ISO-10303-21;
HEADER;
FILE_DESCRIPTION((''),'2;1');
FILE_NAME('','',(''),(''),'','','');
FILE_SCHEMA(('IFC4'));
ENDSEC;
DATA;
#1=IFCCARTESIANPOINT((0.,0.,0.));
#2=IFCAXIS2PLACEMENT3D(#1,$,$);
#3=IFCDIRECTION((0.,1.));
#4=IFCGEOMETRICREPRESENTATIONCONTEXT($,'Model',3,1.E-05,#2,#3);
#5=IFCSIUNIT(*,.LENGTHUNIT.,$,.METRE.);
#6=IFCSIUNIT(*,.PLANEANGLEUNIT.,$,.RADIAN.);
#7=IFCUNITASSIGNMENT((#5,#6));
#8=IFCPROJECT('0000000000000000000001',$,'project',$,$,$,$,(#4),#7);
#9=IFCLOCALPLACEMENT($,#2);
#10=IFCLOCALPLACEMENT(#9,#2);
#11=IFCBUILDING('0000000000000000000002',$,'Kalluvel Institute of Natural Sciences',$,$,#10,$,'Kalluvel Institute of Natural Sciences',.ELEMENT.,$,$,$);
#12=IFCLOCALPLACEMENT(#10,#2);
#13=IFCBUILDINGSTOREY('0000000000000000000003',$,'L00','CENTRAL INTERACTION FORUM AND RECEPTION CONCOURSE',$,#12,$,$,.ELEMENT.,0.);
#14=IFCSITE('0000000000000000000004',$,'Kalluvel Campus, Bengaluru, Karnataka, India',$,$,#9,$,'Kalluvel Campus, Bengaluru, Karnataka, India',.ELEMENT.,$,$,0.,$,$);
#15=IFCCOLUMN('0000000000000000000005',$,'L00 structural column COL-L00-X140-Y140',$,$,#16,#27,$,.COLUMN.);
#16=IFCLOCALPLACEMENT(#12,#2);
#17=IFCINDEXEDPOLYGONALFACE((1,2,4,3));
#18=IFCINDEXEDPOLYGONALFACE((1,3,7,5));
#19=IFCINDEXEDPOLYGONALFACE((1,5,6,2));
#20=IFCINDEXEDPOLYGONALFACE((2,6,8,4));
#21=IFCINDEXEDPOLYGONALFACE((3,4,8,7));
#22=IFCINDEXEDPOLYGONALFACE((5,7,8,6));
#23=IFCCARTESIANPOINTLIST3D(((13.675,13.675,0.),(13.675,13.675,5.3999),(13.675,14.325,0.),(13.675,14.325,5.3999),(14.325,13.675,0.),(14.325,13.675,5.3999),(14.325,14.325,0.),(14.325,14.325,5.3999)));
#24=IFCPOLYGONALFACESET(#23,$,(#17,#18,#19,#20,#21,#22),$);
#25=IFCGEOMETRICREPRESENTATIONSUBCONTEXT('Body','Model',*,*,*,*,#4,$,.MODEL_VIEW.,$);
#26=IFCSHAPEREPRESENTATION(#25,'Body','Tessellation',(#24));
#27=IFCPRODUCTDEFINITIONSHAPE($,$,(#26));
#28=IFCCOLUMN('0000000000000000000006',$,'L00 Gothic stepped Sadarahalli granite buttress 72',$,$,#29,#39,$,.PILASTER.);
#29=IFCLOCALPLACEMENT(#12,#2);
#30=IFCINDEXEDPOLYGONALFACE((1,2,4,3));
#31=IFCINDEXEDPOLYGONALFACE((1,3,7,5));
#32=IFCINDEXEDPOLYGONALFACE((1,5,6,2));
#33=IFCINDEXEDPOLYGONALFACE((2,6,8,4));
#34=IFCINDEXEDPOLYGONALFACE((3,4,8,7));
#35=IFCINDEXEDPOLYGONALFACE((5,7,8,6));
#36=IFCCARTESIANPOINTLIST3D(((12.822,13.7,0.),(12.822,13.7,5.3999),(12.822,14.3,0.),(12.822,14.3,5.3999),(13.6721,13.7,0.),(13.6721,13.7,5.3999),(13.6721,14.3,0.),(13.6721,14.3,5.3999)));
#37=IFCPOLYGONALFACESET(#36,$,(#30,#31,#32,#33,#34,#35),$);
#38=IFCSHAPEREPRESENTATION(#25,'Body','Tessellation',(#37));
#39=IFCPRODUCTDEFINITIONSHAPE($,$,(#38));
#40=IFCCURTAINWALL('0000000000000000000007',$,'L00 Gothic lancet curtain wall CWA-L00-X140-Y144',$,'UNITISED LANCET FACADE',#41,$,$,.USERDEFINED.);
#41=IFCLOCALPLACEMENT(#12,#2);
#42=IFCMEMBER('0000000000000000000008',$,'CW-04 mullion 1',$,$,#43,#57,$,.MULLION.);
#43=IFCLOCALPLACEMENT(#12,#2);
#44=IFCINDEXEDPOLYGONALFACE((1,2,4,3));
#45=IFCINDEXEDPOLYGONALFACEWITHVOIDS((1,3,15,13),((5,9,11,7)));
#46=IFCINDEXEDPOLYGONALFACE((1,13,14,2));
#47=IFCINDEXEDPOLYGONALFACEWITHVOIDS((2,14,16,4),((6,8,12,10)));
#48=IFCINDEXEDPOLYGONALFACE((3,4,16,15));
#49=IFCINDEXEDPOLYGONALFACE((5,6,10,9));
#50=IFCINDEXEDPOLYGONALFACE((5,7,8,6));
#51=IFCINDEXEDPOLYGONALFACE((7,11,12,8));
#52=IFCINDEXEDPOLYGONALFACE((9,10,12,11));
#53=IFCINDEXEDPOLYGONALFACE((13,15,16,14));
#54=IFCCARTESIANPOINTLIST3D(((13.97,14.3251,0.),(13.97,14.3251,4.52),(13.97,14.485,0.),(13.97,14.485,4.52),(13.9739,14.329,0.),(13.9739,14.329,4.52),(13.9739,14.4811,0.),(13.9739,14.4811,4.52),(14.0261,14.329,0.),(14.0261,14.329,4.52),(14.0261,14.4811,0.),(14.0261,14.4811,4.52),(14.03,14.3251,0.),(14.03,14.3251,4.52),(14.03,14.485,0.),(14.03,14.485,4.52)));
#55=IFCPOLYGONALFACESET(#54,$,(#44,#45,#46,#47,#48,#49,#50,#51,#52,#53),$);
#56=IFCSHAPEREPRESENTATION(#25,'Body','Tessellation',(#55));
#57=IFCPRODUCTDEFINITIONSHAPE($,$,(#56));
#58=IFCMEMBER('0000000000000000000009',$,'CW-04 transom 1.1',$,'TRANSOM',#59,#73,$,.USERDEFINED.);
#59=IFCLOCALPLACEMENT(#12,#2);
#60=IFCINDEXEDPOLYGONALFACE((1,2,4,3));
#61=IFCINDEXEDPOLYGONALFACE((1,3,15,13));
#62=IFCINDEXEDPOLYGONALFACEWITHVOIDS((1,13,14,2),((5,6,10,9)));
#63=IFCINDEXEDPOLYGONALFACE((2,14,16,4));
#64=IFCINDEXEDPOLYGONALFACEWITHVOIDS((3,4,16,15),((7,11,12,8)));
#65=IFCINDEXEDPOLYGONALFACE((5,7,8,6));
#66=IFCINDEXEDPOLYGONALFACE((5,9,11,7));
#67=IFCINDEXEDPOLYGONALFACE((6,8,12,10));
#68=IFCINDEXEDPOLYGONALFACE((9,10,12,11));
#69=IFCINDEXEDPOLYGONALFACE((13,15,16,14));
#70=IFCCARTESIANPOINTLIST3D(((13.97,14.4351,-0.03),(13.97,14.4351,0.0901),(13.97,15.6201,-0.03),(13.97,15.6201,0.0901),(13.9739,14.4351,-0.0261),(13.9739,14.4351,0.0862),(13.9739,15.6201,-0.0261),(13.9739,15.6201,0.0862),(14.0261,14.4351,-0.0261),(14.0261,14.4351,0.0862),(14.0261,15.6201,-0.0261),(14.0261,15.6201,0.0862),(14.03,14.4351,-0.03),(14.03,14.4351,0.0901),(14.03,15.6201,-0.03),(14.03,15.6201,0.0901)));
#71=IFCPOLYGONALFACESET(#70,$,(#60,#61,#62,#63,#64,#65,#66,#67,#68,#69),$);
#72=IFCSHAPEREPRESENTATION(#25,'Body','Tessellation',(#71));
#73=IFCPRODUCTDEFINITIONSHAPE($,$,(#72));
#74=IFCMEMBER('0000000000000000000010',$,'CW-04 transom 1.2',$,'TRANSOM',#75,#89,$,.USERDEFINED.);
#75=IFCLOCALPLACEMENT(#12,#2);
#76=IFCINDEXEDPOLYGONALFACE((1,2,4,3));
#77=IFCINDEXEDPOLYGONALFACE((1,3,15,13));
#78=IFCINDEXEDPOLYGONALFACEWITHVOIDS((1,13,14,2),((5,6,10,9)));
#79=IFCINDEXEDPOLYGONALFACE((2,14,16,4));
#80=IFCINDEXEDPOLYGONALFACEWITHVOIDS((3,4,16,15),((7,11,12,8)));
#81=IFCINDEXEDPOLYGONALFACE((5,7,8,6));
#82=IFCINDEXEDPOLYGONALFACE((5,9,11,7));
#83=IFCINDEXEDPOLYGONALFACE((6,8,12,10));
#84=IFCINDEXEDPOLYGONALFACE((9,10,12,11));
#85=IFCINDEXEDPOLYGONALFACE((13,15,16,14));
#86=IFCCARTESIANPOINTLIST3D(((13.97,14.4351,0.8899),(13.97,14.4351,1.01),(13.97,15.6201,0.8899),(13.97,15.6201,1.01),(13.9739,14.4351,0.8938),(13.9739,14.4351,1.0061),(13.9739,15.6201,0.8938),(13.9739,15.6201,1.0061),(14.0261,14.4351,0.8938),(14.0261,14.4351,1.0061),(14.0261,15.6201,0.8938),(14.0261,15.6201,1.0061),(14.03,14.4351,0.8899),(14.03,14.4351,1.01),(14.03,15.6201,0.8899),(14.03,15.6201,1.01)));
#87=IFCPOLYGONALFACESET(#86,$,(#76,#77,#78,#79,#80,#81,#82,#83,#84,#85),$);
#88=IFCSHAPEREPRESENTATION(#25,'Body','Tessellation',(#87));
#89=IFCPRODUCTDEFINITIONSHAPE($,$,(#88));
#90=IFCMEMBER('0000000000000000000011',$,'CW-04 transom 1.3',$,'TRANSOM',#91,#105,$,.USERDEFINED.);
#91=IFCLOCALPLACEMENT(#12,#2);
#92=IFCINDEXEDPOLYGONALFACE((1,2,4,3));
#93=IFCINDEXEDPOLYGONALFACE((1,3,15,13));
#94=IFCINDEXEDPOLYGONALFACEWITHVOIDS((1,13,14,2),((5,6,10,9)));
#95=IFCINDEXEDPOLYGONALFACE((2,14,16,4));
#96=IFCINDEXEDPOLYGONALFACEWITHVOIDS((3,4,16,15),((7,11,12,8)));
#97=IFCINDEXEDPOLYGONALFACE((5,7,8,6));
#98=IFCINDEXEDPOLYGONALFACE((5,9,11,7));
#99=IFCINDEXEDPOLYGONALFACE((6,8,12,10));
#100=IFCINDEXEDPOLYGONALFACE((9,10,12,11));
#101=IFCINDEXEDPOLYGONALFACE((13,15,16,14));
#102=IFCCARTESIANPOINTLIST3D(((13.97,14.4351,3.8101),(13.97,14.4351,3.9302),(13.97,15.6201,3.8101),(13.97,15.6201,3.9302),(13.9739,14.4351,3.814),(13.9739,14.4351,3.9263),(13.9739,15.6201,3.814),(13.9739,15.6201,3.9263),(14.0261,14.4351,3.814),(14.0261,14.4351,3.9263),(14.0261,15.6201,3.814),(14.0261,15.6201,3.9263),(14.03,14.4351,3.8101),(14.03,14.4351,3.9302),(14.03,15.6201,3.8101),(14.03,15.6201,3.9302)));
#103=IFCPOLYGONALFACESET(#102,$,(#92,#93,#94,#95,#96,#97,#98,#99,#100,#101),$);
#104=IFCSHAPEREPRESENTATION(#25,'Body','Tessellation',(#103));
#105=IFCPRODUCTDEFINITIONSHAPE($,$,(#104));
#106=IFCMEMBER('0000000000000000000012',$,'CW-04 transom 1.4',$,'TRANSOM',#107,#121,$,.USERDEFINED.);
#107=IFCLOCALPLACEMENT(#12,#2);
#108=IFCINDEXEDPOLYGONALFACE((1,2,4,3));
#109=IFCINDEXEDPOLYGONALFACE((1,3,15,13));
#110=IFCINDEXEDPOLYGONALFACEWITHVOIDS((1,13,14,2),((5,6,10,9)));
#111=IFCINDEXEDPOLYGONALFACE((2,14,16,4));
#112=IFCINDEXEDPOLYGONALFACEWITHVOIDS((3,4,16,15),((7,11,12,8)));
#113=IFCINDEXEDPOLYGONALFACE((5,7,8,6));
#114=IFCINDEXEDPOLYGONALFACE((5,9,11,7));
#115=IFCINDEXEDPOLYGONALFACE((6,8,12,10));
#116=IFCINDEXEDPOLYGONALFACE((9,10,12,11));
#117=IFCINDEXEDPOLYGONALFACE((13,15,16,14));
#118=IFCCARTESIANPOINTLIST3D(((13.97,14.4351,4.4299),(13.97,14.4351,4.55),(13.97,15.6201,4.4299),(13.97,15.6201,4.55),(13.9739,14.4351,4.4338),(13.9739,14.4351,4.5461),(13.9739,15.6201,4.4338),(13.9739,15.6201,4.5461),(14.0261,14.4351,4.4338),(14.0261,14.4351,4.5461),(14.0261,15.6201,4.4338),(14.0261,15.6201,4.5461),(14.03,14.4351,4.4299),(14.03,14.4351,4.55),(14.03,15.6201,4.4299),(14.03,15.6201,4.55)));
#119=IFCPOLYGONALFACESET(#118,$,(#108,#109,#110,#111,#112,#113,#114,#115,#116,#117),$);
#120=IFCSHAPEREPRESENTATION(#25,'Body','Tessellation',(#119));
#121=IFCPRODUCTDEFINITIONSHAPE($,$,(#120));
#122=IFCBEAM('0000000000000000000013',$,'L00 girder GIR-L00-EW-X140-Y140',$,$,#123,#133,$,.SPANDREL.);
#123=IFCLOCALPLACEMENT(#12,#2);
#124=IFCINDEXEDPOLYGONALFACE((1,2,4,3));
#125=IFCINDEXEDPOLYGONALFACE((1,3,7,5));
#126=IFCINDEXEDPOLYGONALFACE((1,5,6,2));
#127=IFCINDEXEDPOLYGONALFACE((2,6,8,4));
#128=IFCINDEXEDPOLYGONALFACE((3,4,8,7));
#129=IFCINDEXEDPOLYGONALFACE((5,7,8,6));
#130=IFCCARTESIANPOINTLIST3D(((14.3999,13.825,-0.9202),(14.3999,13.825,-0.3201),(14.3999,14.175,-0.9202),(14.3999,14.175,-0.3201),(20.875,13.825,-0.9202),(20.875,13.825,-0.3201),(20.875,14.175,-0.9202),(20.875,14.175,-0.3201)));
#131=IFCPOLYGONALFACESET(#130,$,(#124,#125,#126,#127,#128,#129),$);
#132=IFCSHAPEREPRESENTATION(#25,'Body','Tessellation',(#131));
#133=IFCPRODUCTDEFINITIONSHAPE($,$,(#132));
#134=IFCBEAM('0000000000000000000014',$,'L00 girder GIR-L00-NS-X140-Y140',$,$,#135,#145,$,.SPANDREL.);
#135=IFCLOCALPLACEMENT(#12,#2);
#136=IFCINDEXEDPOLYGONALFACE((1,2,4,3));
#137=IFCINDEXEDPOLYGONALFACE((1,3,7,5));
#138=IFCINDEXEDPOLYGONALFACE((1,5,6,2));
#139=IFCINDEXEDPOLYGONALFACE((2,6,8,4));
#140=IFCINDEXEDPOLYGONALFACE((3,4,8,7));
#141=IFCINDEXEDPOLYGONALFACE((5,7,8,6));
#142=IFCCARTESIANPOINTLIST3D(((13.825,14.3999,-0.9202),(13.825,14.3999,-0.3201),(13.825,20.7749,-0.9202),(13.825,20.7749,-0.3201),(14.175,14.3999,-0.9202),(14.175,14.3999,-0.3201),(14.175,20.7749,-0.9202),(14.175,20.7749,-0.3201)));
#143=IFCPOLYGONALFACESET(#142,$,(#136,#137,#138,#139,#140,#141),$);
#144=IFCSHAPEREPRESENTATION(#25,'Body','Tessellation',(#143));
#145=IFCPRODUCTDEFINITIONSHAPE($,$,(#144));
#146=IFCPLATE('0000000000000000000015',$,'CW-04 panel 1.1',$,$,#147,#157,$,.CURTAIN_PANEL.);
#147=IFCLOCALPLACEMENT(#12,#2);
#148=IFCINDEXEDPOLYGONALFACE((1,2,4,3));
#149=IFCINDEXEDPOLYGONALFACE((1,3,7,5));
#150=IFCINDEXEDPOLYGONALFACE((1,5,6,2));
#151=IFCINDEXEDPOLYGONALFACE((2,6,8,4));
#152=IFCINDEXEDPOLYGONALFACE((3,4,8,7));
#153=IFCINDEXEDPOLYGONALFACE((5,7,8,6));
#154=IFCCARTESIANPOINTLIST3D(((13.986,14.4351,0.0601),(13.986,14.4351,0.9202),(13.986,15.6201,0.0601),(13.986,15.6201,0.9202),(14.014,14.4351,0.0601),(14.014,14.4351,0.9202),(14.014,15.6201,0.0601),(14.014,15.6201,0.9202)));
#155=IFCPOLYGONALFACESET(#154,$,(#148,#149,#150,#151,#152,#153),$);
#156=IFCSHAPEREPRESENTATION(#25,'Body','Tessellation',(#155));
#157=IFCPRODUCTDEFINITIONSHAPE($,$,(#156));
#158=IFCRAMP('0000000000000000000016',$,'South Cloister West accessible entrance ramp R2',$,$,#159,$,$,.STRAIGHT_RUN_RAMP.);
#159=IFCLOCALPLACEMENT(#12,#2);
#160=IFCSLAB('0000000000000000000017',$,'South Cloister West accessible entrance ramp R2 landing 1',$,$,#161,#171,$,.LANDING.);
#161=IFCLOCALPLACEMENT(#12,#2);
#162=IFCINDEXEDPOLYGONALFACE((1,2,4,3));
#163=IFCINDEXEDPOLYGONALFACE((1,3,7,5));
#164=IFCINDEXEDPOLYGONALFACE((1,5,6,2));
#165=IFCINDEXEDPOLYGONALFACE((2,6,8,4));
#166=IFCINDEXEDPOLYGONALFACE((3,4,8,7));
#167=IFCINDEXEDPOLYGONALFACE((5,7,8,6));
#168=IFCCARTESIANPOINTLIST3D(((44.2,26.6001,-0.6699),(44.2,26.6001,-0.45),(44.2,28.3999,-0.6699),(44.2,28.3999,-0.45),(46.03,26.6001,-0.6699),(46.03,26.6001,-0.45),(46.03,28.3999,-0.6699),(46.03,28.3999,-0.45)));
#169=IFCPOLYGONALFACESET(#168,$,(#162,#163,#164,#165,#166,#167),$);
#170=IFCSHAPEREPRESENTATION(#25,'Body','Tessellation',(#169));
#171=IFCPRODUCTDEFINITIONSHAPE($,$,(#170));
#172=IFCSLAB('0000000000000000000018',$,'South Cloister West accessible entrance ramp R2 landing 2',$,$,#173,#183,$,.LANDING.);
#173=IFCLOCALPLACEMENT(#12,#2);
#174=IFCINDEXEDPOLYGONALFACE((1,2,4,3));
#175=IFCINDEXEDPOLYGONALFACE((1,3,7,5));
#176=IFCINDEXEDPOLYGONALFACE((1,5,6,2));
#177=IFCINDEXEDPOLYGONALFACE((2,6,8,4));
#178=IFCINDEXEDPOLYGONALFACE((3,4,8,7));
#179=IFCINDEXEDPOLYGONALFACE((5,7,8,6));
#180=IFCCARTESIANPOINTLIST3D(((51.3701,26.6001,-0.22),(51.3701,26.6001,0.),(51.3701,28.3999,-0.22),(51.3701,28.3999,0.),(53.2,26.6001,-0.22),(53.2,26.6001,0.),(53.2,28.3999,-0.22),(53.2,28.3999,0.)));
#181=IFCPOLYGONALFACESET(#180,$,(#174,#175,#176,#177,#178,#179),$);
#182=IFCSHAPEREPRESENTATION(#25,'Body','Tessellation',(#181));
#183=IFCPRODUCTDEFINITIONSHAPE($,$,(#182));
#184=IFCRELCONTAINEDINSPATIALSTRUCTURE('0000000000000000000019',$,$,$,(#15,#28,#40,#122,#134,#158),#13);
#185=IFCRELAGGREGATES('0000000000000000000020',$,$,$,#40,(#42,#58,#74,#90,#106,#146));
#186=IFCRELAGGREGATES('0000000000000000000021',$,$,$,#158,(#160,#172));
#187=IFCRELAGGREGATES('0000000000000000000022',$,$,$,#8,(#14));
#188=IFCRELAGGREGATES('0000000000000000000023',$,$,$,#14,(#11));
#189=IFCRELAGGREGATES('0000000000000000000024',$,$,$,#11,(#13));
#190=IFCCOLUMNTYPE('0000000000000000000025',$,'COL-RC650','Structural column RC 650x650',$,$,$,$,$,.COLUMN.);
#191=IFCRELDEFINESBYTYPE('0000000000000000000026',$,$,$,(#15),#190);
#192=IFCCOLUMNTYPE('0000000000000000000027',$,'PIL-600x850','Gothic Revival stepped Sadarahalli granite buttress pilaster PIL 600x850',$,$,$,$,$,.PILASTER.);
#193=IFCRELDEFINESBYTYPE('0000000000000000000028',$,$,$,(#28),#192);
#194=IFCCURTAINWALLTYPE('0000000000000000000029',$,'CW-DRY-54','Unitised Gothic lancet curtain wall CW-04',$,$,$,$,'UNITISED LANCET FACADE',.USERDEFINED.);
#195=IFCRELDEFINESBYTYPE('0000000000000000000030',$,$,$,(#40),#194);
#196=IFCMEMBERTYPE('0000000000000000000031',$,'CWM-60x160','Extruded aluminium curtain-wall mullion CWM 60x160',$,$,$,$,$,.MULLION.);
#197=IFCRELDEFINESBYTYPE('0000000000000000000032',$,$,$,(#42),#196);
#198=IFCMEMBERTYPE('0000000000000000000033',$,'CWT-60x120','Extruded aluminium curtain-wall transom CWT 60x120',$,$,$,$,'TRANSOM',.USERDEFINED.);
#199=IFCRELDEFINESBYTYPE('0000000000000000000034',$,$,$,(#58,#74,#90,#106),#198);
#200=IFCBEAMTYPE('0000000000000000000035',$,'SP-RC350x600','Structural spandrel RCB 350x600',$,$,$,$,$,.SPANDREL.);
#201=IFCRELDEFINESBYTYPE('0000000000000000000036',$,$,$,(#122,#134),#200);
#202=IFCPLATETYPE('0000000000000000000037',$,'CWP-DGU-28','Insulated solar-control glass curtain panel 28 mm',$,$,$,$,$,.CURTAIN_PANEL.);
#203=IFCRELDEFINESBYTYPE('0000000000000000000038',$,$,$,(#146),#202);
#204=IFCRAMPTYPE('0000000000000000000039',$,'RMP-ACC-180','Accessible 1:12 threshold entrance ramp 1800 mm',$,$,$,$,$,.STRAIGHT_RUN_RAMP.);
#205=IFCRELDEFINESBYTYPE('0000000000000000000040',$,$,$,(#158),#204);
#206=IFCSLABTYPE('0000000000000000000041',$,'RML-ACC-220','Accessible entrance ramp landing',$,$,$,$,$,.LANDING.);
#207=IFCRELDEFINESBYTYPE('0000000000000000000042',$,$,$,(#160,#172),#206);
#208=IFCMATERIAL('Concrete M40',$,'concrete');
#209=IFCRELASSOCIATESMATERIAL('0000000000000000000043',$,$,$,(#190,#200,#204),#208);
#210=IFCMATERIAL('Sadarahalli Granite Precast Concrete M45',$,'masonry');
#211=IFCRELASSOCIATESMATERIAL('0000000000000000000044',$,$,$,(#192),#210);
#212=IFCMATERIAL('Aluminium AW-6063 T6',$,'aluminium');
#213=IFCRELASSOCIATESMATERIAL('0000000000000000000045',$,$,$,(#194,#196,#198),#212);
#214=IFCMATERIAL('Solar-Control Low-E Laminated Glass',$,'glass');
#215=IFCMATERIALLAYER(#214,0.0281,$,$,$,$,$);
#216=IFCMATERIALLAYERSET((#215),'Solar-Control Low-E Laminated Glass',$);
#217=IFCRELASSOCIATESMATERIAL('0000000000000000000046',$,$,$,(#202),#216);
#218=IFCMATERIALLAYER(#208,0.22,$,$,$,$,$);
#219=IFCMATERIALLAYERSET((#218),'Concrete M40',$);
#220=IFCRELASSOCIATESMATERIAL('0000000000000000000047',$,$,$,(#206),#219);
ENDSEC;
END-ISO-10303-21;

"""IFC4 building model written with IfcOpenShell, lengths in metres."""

from ifc_helpers import new_model, si_unit, direction, frame, origin, origin_2d, place, context, subcontext, project, spatial, polyline, rectangle, hollow_rectangle, outline, extrude, material, layer, layer_set, material_profile, profile_set, type_object, element, aggregate, save


model = new_model("IFC4")

# Units and contexts
model_context = context("Model", 3, precision=1e-05, world=origin(), true_north=direction((0.0, 1.0)))
body_context = subcontext(model_context, "Body", "Model", "MODEL_VIEW")
ifc_project = project(units=[si_unit("LENGTHUNIT", "METRE"), si_unit("PLANEANGLEUNIT", "RADIAN")], contexts=[model_context])

# Site, building, storey
site_placement = place(None, origin())
site = spatial("IfcSite", under=ifc_project, at=site_placement, Name="Kalluvel Campus, Bengaluru, Karnataka, India", LongName="Kalluvel Campus, Bengaluru, Karnataka, India", CompositionType="ELEMENT", RefElevation=0.0)
building_placement = place(site_placement, origin())
building = spatial("IfcBuilding", under=site, at=building_placement, Name="Kalluvel Institute of Natural Sciences", LongName="Kalluvel Institute of Natural Sciences", CompositionType="ELEMENT")
storey_placement = place(building_placement, origin())
storey = spatial("IfcBuildingStorey", under=building, at=storey_placement, Name="L00", Description="CENTRAL INTERACTION FORUM AND RECEPTION CONCOURSE", CompositionType="ELEMENT", Elevation=0.0)

# Columns
ifc_material_1 = material(Name="Concrete M40", Category="concrete")
ifc_material_profile_1 = material_profile(ifc_material_1, rectangle(XDim=0.6499, YDim=0.6499, at=origin_2d()), Name="RC 650x650")
ifc_profile_set_1 = profile_set([ifc_material_profile_1], Name="Concrete M40")
column_type_1 = type_object("IfcColumnType", Name="COL-RC650", Description="Structural column RC 650x650", PredefinedType="COLUMN", material=ifc_profile_set_1)
column_1_placement = place(storey_placement, frame((14.0, 14.0, 0.0), z_axis=(0.0, 0.0, 1.0), x_axis=(1.0, 0.0, 0.0)))
element("IfcColumn", 1, at=column_1_placement, inside=storey, type_object=column_type_1, Name="L00 structural column COL-L00-X140-Y140", PredefinedType="COLUMN", context=body_context, shape_type="SweptSolid", body=[
    extrude(rectangle(XDim=0.6499, YDim=0.6499, at=origin_2d()), origin(), (0.0, 0.0, 1.0), 5.3999),
])
ifc_material_2 = material(Name="Sadarahalli Granite Precast Concrete M45", Category="masonry")
ifc_material_profile_2 = material_profile(ifc_material_2, rectangle(XDim=0.6001, YDim=0.8501, at=origin_2d()), Name="PIL 600x850")
ifc_profile_set_2 = profile_set([ifc_material_profile_2], Name="Sadarahalli Granite Precast Concrete M45")
column_type_2 = type_object("IfcColumnType", Name="PIL-600x850", Description="Gothic Revival stepped Sadarahalli granite buttress pilaster PIL 600x850", PredefinedType="PILASTER", material=ifc_profile_set_2)
column_2_placement = place(storey_placement, frame((13.2471, 14.0, 0.0), z_axis=(0.0, 0.0, 1.0), x_axis=(0.0, 1.0, 0.0)))
element("IfcColumn", 2, at=column_2_placement, inside=storey, type_object=column_type_2, Name="L00 Gothic stepped Sadarahalli granite buttress 72", PredefinedType="PILASTER", context=body_context, shape_type="SweptSolid", body=[
    extrude(rectangle(XDim=0.6001, YDim=0.8501, at=origin_2d()), origin(), (0.0, 0.0, 1.0), 5.3999),
])

# Curtain wall, members
ifc_material_3 = material(Name="Aluminium AW-6063 T6", Category="aluminium")
curtain_wall_type = type_object("IfcCurtainWallType", Name="CW-DRY-54", Description="Unitised Gothic lancet curtain wall CW-04", ElementType="UNITISED LANCET FACADE", PredefinedType="USERDEFINED", material=ifc_material_3)
curtain_wall_placement = place(storey_placement, origin())
curtain_wall = element("IfcCurtainWall", 3, at=curtain_wall_placement, inside=storey, type_object=curtain_wall_type, Name="L00 Gothic lancet curtain wall CWA-L00-X140-Y144", ObjectType="UNITISED LANCET FACADE", PredefinedType="USERDEFINED")
ifc_material_profile_3 = material_profile(ifc_material_3, hollow_rectangle(XDim=0.0601, YDim=0.1599, WallThickness=0.0039, at=origin_2d()), Name="CWM 60x160")
ifc_profile_set_3 = profile_set([ifc_material_profile_3], Name="Aluminium AW-6063 T6")
member_type_1 = type_object("IfcMemberType", Name="CWM-60x160", Description="Extruded aluminium curtain-wall mullion CWM 60x160", PredefinedType="MULLION", material=ifc_profile_set_3)
member_1_placement = place(storey_placement, frame((14.0, 14.405, 0.0), z_axis=(0.0, 0.0, 1.0), x_axis=(-1.0, 0.0, 0.0)))
member_1 = element("IfcMember", 4, at=member_1_placement, type_object=member_type_1, Name="CW-04 mullion 1", PredefinedType="MULLION", context=body_context, shape_type="SweptSolid", body=[
    extrude(hollow_rectangle(XDim=0.0601, YDim=0.1599, WallThickness=0.0039, at=origin_2d()), origin(), (0.0, 0.0, 1.0), 4.52),
])
ifc_material_profile_4 = material_profile(ifc_material_3, hollow_rectangle(XDim=0.0601, YDim=0.1201, WallThickness=0.0039, at=origin_2d()), Name="CWT 60x120")
ifc_profile_set_4 = profile_set([ifc_material_profile_4], Name="Aluminium AW-6063 T6")
member_type_2 = type_object("IfcMemberType", Name="CWT-60x120", Description="Extruded aluminium curtain-wall transom CWT 60x120", ElementType="TRANSOM", PredefinedType="USERDEFINED", material=ifc_profile_set_4)
member_2_placement = place(storey_placement, frame((14.0, 14.4351, 0.03), z_axis=(0.0, 1.0, 0.0), x_axis=(-1.0, 0.0, 0.0)))
member_2 = element("IfcMember", 5, at=member_2_placement, type_object=member_type_2, Name="CW-04 transom 1.1", ObjectType="TRANSOM", PredefinedType="USERDEFINED", context=body_context, shape_type="SweptSolid", body=[
    extrude(hollow_rectangle(XDim=0.0601, YDim=0.1201, WallThickness=0.0039, at=origin_2d()), origin(), (0.0, 0.0, 1.0), 1.1851),
])
member_3_placement = place(storey_placement, frame((14.0, 14.4351, 0.95), z_axis=(0.0, 1.0, 0.0), x_axis=(-1.0, 0.0, 0.0)))
member_3 = element("IfcMember", 6, at=member_3_placement, type_object=member_type_2, Name="CW-04 transom 1.2", ObjectType="TRANSOM", PredefinedType="USERDEFINED", context=body_context, shape_type="SweptSolid", body=[
    extrude(hollow_rectangle(XDim=0.0601, YDim=0.1201, WallThickness=0.0039, at=origin_2d()), origin(), (0.0, 0.0, 1.0), 1.1851),
])
member_4_placement = place(storey_placement, frame((14.0, 14.4351, 3.8701), z_axis=(0.0, 1.0, 0.0), x_axis=(-1.0, 0.0, 0.0)))
member_4 = element("IfcMember", 7, at=member_4_placement, type_object=member_type_2, Name="CW-04 transom 1.3", ObjectType="TRANSOM", PredefinedType="USERDEFINED", context=body_context, shape_type="SweptSolid", body=[
    extrude(hollow_rectangle(XDim=0.0601, YDim=0.1201, WallThickness=0.0039, at=origin_2d()), origin(), (0.0, 0.0, 1.0), 1.1851),
])
member_5_placement = place(storey_placement, frame((14.0, 14.4351, 4.49), z_axis=(0.0, 1.0, 0.0), x_axis=(-1.0, 0.0, 0.0)))
member_5 = element("IfcMember", 8, at=member_5_placement, type_object=member_type_2, Name="CW-04 transom 1.4", ObjectType="TRANSOM", PredefinedType="USERDEFINED", context=body_context, shape_type="SweptSolid", body=[
    extrude(hollow_rectangle(XDim=0.0601, YDim=0.1201, WallThickness=0.0039, at=origin_2d()), origin(), (0.0, 0.0, 1.0), 1.1851),
])

# Beams
ifc_material_profile_5 = material_profile(ifc_material_1, rectangle(XDim=0.3501, YDim=0.6001, at=origin_2d()), Name="RCB 350x600")
ifc_profile_set_5 = profile_set([ifc_material_profile_5], Name="Concrete M40")
beam_type = type_object("IfcBeamType", Name="SP-RC350x600", Description="Structural spandrel RCB 350x600", PredefinedType="SPANDREL", material=ifc_profile_set_5)
beam_1_placement = place(storey_placement, frame((14.3999, 14.0, -0.6201), z_axis=(1.0, 0.0, 0.0), x_axis=(0.0, 1.0, 0.0)))
element("IfcBeam", 9, at=beam_1_placement, inside=storey, type_object=beam_type, Name="L00 girder GIR-L00-EW-X140-Y140", PredefinedType="SPANDREL", context=body_context, shape_type="SweptSolid", body=[
    extrude(rectangle(XDim=0.3501, YDim=0.6001, at=origin_2d()), origin(), (0.0, 0.0, 1.0), 6.4751),
])
beam_2_placement = place(storey_placement, frame((14.0, 14.3999, -0.6201), z_axis=(0.0, 1.0, 0.0), x_axis=(-1.0, 0.0, 0.0)))
element("IfcBeam", 10, at=beam_2_placement, inside=storey, type_object=beam_type, Name="L00 girder GIR-L00-NS-X140-Y140", PredefinedType="SPANDREL", context=body_context, shape_type="SweptSolid", body=[
    extrude(rectangle(XDim=0.3501, YDim=0.6001, at=origin_2d()), origin(), (0.0, 0.0, 1.0), 6.375),
])

# Plate
ifc_material_4 = material(Name="Solar-Control Low-E Laminated Glass", Category="glass")
ifc_layer_1 = layer(ifc_material_4, 0.0281)
ifc_layer_set_1 = layer_set([ifc_layer_1], Name="Solar-Control Low-E Laminated Glass")
plate_type = type_object("IfcPlateType", Name="CWP-DGU-28", Description="Insulated solar-control glass curtain panel 28 mm", PredefinedType="CURTAIN_PANEL", material=ifc_layer_set_1)
plate_placement = place(storey_placement, frame((14.0, 15.0276, 0.0601), z_axis=(0.0, 0.0, 1.0), x_axis=(0.0, 1.0, 0.0)))
plate = element("IfcPlate", 11, at=plate_placement, type_object=plate_type, Name="CW-04 panel 1.1", PredefinedType="CURTAIN_PANEL", context=body_context, shape_type="SweptSolid", body=[
    extrude(rectangle(XDim=1.1851, YDim=0.0281, at=origin_2d()), origin(), (0.0, 0.0, 1.0), 0.8601),
])
aggregate(curtain_wall, [member_1, member_2, member_3, member_4, member_5, plate])

# Ramp, slabs
ramp_type = type_object("IfcRampType", Name="RMP-ACC-180", Description="Accessible 1:12 threshold entrance ramp 1800 mm", PredefinedType="STRAIGHT_RUN_RAMP", material=ifc_material_1)
ramp_1_placement = place(storey_placement, origin())
ramp_1 = element("IfcRamp", 12, at=ramp_1_placement, inside=storey, type_object=ramp_type, Name="South Cloister West accessible entrance ramp R2", PredefinedType="STRAIGHT_RUN_RAMP")
ifc_layer_2 = layer(ifc_material_1, 0.22)
ifc_layer_set_2 = layer_set([ifc_layer_2], Name="Concrete M40")
slab_type_1 = type_object("IfcSlabType", Name="RML-ACC-220", Description="Accessible entrance ramp landing", PredefinedType="LANDING", material=ifc_layer_set_2)
slab_1_placement = place(storey_placement, frame((0.0, 0.0, -0.6699)))
slab_1 = element("IfcSlab", 13, at=slab_1_placement, type_object=slab_type_1, Name="South Cloister West accessible entrance ramp R2 landing 1", PredefinedType="LANDING", context=body_context, shape_type="SweptSolid", body=[
    extrude(outline(polyline([(44.2, 26.6001), (46.03, 26.6001), (46.03, 28.3999), (44.2, 28.3999), (44.2, 26.6001)])), origin(), (0.0, 0.0, 1.0), 0.22),
])
slab_2_placement = place(storey_placement, frame((0.0, 0.0, -0.22)))
slab_2 = element("IfcSlab", 14, at=slab_2_placement, type_object=slab_type_1, Name="South Cloister West accessible entrance ramp R2 landing 2", PredefinedType="LANDING", context=body_context, shape_type="SweptSolid", body=[
    extrude(outline(polyline([(51.3701, 26.6001), (53.2, 26.6001), (53.2, 28.3999), (51.3701, 28.3999), (51.3701, 26.6001)])), origin(), (0.0, 0.0, 1.0), 0.22),
])
aggregate(ramp_1, [slab_1, slab_2])

save(model, "model.ifc")
